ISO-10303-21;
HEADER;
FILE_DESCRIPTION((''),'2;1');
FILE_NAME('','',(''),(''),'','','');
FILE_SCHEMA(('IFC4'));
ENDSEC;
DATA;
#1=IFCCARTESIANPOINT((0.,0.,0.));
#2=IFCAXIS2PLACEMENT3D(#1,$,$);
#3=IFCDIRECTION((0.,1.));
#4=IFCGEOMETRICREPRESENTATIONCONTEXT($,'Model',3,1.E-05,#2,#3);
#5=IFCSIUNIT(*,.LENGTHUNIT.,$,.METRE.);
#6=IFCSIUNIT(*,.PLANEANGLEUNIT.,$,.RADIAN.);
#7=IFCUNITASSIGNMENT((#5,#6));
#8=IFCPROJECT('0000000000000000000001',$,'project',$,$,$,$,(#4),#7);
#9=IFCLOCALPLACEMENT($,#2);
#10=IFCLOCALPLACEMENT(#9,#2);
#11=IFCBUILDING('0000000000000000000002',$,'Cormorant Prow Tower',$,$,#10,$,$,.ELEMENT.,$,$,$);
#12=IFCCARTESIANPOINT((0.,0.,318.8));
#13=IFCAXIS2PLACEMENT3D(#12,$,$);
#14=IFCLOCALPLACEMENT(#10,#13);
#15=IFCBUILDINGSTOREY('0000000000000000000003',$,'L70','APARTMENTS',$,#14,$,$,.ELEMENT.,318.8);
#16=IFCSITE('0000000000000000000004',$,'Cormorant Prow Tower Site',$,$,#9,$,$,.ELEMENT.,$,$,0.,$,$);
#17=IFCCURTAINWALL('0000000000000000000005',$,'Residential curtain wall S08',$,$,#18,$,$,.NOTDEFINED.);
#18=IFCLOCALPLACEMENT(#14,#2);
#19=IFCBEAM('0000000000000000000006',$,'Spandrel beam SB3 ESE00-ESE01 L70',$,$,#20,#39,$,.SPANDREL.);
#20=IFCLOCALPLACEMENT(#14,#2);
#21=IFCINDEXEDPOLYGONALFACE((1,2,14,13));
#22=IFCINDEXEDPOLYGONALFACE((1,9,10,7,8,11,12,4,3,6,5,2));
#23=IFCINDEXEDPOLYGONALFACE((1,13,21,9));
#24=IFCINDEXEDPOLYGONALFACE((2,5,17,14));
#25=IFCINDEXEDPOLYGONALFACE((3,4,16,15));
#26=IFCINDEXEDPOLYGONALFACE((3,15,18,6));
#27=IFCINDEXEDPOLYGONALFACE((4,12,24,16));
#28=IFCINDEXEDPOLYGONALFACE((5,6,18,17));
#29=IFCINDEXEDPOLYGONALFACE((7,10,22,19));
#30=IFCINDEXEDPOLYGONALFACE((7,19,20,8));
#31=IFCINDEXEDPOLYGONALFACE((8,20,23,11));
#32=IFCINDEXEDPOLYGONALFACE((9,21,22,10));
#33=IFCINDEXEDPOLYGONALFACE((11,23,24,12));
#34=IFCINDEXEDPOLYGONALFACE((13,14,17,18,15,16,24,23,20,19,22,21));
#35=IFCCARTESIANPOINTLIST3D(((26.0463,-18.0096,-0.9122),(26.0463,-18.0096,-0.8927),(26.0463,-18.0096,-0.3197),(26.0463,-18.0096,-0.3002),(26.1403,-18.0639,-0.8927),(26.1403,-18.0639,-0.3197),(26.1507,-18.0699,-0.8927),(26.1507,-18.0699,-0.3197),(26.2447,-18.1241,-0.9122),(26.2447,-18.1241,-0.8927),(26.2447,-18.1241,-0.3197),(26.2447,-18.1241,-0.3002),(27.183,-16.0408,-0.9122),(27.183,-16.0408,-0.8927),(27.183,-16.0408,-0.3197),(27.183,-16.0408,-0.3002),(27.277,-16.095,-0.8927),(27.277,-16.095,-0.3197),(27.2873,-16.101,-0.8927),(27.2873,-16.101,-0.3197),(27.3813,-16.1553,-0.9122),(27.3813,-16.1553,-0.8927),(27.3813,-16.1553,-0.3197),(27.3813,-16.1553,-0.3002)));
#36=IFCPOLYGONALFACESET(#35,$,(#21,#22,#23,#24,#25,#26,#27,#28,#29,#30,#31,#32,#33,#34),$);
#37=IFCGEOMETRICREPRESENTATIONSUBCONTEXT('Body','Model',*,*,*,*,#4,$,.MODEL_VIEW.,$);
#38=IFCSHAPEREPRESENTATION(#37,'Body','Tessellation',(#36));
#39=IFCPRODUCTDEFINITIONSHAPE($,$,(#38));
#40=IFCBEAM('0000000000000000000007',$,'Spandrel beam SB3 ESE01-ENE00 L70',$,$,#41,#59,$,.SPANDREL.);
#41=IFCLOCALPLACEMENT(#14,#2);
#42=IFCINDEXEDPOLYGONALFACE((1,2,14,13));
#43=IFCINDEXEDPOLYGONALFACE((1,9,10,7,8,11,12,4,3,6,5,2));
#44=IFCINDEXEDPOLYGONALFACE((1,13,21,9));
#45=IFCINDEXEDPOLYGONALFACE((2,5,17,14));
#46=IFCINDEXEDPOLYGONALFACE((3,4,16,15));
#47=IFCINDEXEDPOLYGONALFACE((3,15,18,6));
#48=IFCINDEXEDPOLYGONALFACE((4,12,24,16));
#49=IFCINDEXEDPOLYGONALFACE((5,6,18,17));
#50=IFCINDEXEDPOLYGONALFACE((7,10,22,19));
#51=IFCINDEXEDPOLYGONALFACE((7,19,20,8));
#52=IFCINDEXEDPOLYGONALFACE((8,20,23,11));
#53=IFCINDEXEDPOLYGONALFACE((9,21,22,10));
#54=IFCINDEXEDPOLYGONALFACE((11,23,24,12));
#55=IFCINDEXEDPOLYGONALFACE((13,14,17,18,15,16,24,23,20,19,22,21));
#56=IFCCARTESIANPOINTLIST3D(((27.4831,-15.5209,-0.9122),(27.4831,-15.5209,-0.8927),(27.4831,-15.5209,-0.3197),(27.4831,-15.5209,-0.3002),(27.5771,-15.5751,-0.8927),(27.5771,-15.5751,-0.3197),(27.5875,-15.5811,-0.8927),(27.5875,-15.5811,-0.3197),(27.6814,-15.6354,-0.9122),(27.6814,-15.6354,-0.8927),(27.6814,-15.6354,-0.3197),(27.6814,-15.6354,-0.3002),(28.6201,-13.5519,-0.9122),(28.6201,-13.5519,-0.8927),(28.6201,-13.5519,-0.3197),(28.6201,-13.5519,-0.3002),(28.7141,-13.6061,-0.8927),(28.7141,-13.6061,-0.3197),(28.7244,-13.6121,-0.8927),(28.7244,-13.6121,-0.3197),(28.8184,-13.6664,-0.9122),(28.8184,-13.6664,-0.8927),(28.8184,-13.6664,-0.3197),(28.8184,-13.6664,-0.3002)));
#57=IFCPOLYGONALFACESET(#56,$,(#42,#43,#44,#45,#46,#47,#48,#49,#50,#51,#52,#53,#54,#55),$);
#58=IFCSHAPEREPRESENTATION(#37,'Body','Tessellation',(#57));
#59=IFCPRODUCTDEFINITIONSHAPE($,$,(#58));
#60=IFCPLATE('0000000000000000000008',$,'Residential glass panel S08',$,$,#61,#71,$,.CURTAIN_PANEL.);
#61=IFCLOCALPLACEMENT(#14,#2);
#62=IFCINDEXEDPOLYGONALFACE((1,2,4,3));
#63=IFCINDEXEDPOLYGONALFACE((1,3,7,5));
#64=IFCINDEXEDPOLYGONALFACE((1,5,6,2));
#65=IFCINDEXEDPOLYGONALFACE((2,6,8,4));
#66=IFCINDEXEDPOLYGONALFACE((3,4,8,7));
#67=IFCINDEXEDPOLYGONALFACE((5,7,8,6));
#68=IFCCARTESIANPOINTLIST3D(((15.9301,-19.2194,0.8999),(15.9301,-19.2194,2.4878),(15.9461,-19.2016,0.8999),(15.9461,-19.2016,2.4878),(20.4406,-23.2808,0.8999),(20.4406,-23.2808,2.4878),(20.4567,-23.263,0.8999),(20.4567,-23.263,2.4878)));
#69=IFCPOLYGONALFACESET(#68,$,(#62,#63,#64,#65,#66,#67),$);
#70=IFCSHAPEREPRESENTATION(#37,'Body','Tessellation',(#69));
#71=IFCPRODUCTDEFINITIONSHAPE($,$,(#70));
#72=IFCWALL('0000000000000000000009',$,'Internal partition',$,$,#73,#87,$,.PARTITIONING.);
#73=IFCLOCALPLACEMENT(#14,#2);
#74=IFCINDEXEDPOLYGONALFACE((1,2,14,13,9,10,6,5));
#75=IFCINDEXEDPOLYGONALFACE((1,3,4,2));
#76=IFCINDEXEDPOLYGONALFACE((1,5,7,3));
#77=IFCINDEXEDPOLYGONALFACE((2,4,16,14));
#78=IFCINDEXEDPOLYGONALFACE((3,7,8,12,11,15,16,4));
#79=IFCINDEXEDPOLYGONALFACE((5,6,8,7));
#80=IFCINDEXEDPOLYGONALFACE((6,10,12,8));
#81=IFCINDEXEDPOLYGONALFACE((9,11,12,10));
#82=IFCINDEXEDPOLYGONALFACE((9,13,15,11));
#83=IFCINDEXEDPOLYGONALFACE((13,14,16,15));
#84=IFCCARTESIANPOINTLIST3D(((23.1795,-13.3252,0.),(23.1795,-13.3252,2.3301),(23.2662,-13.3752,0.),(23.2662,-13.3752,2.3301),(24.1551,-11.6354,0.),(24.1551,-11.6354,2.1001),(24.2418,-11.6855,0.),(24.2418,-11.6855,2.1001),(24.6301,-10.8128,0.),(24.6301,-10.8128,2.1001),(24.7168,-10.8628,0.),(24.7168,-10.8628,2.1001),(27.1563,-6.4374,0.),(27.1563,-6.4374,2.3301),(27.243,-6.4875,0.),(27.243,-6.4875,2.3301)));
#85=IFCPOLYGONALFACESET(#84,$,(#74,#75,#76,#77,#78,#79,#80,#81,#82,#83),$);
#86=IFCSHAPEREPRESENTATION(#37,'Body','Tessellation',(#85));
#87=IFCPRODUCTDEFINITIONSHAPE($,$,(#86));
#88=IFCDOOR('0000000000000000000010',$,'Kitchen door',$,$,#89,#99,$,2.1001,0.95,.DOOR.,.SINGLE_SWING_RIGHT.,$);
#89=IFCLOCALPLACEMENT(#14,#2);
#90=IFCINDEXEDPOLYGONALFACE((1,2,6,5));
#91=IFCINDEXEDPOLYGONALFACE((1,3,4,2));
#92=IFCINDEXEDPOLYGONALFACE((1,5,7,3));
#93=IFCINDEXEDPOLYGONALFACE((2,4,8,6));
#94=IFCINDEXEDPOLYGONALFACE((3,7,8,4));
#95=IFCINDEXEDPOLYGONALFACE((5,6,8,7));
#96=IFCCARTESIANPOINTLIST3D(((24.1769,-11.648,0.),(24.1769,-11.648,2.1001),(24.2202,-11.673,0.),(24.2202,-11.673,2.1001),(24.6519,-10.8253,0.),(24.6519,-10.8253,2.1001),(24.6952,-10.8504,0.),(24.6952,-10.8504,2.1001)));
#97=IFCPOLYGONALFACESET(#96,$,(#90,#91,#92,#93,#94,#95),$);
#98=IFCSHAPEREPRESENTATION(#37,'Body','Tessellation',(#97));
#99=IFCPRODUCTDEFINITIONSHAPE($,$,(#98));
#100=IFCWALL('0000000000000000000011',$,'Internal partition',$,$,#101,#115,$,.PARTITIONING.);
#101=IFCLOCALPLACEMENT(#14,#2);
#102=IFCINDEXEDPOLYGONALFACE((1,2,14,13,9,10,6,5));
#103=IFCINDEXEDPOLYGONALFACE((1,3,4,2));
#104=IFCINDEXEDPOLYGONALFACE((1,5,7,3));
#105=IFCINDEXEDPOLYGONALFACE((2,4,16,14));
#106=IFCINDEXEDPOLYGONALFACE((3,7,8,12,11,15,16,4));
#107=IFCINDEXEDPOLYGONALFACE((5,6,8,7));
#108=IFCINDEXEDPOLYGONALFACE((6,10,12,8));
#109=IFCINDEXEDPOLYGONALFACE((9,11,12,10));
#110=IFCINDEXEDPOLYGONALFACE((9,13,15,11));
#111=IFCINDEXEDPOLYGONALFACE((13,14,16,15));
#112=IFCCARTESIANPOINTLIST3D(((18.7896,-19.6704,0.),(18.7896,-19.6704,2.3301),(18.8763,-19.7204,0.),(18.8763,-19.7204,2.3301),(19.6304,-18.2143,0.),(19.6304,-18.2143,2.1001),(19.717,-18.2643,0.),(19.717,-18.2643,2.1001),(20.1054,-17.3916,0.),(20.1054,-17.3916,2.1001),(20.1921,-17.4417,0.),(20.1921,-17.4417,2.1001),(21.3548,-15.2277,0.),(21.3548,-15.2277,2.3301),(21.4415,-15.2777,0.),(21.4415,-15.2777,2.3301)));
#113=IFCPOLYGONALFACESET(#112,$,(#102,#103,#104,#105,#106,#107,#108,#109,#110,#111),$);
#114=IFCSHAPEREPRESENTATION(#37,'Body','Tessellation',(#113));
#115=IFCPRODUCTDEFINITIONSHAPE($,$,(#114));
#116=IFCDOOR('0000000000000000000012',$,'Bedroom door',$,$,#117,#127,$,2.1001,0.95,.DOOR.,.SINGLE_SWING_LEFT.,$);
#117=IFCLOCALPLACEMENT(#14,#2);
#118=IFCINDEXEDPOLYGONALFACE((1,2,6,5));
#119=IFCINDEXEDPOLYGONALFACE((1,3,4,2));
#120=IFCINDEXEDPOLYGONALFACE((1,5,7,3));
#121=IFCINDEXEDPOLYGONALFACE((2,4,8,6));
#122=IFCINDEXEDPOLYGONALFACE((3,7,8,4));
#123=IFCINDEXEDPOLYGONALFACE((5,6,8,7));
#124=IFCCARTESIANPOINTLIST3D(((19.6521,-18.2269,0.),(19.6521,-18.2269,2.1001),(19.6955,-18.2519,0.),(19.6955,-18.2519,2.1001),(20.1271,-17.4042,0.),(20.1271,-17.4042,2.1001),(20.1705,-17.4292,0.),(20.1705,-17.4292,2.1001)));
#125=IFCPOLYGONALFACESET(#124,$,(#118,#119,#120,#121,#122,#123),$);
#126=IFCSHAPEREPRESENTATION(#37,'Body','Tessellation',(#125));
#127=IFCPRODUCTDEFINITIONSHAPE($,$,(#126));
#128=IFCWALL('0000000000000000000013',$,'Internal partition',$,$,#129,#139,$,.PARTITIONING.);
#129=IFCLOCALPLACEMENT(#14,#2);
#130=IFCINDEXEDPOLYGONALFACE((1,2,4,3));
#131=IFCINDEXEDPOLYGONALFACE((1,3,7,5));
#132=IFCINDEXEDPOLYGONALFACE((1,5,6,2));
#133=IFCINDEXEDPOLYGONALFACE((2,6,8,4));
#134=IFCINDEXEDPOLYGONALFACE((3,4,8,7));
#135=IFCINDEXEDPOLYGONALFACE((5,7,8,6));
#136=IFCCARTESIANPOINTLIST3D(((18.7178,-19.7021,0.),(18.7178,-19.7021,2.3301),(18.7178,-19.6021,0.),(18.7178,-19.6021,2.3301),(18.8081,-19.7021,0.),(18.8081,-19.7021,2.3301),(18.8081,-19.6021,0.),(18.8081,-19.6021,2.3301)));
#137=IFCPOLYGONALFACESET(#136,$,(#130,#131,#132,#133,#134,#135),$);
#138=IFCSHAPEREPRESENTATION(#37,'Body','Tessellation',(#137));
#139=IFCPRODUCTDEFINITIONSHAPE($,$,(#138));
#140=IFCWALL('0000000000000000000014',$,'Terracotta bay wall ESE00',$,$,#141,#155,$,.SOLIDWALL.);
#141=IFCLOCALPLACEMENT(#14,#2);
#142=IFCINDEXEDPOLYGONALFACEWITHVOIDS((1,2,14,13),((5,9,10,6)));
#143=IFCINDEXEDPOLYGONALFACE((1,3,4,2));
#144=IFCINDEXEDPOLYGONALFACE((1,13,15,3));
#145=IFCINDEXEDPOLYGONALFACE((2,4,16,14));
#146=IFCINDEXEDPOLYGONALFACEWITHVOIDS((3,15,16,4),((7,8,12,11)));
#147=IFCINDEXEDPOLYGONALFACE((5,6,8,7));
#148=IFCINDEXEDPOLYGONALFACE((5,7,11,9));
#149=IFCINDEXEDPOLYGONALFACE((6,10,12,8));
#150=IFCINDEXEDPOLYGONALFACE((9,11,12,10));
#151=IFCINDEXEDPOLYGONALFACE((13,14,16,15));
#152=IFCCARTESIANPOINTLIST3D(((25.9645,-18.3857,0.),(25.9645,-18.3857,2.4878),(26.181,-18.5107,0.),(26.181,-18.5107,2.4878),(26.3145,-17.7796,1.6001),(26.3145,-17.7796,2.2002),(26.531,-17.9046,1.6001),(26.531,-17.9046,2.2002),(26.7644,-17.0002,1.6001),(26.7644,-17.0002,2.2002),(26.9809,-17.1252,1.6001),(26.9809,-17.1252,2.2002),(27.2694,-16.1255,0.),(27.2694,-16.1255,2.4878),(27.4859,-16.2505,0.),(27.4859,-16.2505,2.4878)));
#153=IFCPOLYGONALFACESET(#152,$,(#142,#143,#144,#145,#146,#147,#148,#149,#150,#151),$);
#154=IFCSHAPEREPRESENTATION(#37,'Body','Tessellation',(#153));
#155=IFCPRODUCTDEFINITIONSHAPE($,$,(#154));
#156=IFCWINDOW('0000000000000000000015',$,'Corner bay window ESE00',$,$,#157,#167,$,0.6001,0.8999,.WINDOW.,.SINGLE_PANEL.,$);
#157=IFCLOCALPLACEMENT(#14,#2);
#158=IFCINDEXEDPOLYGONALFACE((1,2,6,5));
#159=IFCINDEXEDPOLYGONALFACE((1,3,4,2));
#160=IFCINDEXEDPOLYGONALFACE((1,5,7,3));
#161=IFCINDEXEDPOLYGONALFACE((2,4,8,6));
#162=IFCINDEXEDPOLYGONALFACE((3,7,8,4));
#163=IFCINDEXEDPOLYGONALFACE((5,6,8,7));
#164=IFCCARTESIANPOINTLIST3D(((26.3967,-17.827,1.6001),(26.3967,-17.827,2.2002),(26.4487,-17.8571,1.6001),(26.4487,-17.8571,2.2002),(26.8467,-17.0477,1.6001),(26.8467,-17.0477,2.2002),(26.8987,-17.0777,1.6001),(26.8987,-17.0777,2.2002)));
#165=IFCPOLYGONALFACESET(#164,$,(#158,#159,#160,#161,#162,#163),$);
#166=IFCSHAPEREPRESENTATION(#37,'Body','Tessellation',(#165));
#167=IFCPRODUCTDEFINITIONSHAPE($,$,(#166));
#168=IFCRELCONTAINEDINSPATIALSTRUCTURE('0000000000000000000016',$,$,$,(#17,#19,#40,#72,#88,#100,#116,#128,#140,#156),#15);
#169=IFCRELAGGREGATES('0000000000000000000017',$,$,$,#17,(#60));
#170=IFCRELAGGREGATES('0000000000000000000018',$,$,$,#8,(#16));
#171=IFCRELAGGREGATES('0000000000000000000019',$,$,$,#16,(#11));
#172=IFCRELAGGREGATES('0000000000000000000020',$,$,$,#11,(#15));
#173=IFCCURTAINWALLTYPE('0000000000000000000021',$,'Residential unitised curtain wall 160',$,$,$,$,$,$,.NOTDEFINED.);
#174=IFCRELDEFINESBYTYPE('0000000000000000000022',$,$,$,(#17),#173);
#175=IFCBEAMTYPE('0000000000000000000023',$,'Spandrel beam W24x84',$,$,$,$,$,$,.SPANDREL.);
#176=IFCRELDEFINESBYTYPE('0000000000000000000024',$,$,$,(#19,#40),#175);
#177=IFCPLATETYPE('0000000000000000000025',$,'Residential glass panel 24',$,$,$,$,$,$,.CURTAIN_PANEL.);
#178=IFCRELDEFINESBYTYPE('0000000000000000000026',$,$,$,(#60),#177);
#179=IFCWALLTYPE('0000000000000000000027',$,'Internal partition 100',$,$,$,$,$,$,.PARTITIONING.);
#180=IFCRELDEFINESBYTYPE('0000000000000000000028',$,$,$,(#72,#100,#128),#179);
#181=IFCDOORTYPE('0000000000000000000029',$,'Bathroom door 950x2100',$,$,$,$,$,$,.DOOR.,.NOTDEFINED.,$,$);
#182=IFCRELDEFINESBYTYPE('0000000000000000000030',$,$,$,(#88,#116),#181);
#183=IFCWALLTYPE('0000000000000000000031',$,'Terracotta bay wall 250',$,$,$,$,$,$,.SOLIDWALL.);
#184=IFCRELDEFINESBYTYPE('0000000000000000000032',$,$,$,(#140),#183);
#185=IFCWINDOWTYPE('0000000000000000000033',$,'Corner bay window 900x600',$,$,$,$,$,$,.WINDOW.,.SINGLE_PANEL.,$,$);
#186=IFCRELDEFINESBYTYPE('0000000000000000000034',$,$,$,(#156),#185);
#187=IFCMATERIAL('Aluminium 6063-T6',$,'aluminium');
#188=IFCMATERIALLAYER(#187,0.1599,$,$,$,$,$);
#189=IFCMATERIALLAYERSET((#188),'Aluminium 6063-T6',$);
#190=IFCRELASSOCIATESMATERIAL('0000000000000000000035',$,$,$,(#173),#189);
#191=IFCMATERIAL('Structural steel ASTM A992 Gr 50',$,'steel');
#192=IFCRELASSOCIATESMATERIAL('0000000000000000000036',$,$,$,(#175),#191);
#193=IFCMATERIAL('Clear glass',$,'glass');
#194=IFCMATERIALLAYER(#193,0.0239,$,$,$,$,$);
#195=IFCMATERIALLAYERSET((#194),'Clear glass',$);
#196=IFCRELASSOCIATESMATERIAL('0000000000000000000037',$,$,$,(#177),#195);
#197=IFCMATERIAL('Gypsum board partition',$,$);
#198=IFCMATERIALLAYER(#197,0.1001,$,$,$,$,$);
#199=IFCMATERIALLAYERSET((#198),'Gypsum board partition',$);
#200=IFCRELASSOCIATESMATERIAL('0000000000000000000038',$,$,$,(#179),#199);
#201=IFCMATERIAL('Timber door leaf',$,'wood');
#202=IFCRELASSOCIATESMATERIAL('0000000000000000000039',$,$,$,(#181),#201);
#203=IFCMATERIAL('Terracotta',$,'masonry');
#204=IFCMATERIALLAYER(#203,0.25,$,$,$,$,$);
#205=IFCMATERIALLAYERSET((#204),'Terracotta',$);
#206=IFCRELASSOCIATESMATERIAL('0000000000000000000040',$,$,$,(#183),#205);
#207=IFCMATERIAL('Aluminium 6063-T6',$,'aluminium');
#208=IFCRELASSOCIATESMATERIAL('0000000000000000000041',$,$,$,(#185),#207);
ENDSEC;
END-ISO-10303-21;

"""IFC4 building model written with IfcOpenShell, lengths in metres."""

from ifc_helpers import new_model, si_unit, direction, frame, frame_2d, origin, origin_2d, place, context, subcontext, project, spatial, rectangle, i_section, extrude, material, layer, layer_set, material_profile, profile_set, type_object, element, fill, aggregate, save


model = new_model("IFC4")

# Units and contexts
model_context = context("Model", 3, precision=1e-05, world=origin(), true_north=direction((0.0, 1.0)))
body_context = subcontext(model_context, "Body", "Model", "MODEL_VIEW")
ifc_project = project(units=[si_unit("LENGTHUNIT", "METRE"), si_unit("PLANEANGLEUNIT", "RADIAN")], contexts=[model_context])

# Site, building, storey
site_placement = place(None, origin())
site = spatial("IfcSite", under=ifc_project, at=site_placement, Name="Cormorant Prow Tower Site", CompositionType="ELEMENT", RefElevation=0.0)
building_placement = place(site_placement, origin())
building = spatial("IfcBuilding", under=site, at=building_placement, Name="Cormorant Prow Tower", CompositionType="ELEMENT")
storey_placement = place(building_placement, frame((0.0, 0.0, 318.8)))
storey = spatial("IfcBuildingStorey", under=building, at=storey_placement, Name="L70", Description="APARTMENTS", CompositionType="ELEMENT", Elevation=318.8)

# Curtain wall
ifc_material_1 = material(Name="Aluminium 6063-T6", Category="aluminium")
ifc_layer_1 = layer(ifc_material_1, 0.1599)
ifc_layer_set_1 = layer_set([ifc_layer_1], Name="Aluminium 6063-T6")
curtain_wall_type = type_object("IfcCurtainWallType", Name="Residential unitised curtain wall 160", PredefinedType="NOTDEFINED", material=ifc_layer_set_1)
curtain_wall_placement = place(storey_placement, origin())
curtain_wall = element("IfcCurtainWall", 1, at=curtain_wall_placement, inside=storey, type_object=curtain_wall_type, Name="Residential curtain wall S08", PredefinedType="NOTDEFINED")

# Beams
ifc_material_2 = material(Name="Structural steel ASTM A992 Gr 50", Category="steel")
ifc_material_profile_1 = material_profile(ifc_material_2, i_section(OverallWidth=0.229, OverallDepth=0.6121, WebThickness=0.012, FlangeThickness=0.0195, at=origin_2d()), Name="W24x84")
ifc_profile_set_1 = profile_set([ifc_material_profile_1], Name="Structural steel ASTM A992 Gr 50")
beam_type = type_object("IfcBeamType", Name="Spandrel beam W24x84", PredefinedType="SPANDREL", material=ifc_profile_set_1)
beam_1_placement = place(storey_placement, frame((26.1455, -18.0669, -0.6062), z_axis=(0.499973, 0.866041, 0.0), x_axis=(-0.866041, 0.499973, 0.0)))
element("IfcBeam", 2, at=beam_1_placement, inside=storey, type_object=beam_type, Name="Spandrel beam SB3 ESE00-ESE01 L70", PredefinedType="SPANDREL", context=body_context, shape_type="SweptSolid", body=[
    extrude(i_section(OverallWidth=0.229, OverallDepth=0.6121, WebThickness=0.012, FlangeThickness=0.0195, at=origin_2d()), origin(), (0.0, 0.0, 1.0), 2.2734),
])
beam_2_placement = place(storey_placement, frame((27.5823, -15.5781, -0.6062), z_axis=(0.500054, 0.865994, 0.0), x_axis=(-0.865994, 0.500054, 0.0)))
element("IfcBeam", 3, at=beam_2_placement, inside=storey, type_object=beam_type, Name="Spandrel beam SB3 ESE01-ENE00 L70", PredefinedType="SPANDREL", context=body_context, shape_type="SweptSolid", body=[
    extrude(i_section(OverallWidth=0.229, OverallDepth=0.6121, WebThickness=0.012, FlangeThickness=0.0195, at=origin_2d()), origin(), (0.0, 0.0, 1.0), 2.2737),
])

# Plate
ifc_material_3 = material(Name="Clear glass", Category="glass")
ifc_layer_2 = layer(ifc_material_3, 0.0239)
ifc_layer_set_2 = layer_set([ifc_layer_2], Name="Clear glass")
plate_type = type_object("IfcPlateType", Name="Residential glass panel 24", PredefinedType="CURTAIN_PANEL", material=ifc_layer_set_2)
plate_placement = place(storey_placement, frame((18.1934, -21.2412, 0.8999), z_axis=(0.0, 0.0, 1.0), x_axis=(0.743145, -0.669131, 0.0)))
plate = element("IfcPlate", 4, at=plate_placement, type_object=plate_type, Name="Residential glass panel S08", PredefinedType="CURTAIN_PANEL", context=body_context, shape_type="SweptSolid", body=[
    extrude(rectangle(XDim=6.0696, YDim=0.0239, at=origin_2d()), origin(), (0.0, 0.0, 1.0), 1.5879),
])
aggregate(curtain_wall, [plate])

# Walls, openings, doors
ifc_material_4 = material(Name="Gypsum board partition")
ifc_layer_3 = layer(ifc_material_4, 0.1001)
ifc_layer_set_3 = layer_set([ifc_layer_3], Name="Gypsum board partition")
wall_type_1 = type_object("IfcWallType", Name="Internal partition 100", PredefinedType="PARTITIONING", material=ifc_layer_set_3)
wall_1_placement = place(storey_placement, frame((23.2229, -13.3501, 0.0), z_axis=(0.0, 0.0, 1.0), x_axis=(0.500018, 0.866015, 0.0)))
wall_1 = element("IfcWall", 5, at=wall_1_placement, inside=storey, type_object=wall_type_1, Name="Internal partition", PredefinedType="PARTITIONING", context=body_context, shape_type="SweptSolid", body=[
    extrude(rectangle(XDim=7.9534, YDim=0.1001, at=frame_2d((3.9766, 0.0))), origin(), (0.0, 0.0, 1.0), 2.3301),
])
opening_1_placement = place(wall_1_placement, frame((1.9509, 0.0, 0.0)))
opening_1 = element("IfcOpeningElement", 6, at=opening_1_placement, cuts=wall_1, PredefinedType="OPENING", context=body_context, shape_type="SweptSolid", body=[
    extrude(rectangle(XDim=0.95, YDim=2.1001, at=frame_2d((0.4751, 1.05))), frame((0.0, 0.0601, 0.0), z_axis=(0.0, -1.0, 0.0), x_axis=(1.0, 0.0, 0.0)), (0.0, 0.0, 1.0), 0.1201),
])
ifc_material_5 = material(Name="Timber door leaf", Category="wood")
door_type_1 = type_object("IfcDoorType", Name="Bathroom door 950x2100", OperationType="NOTDEFINED", PredefinedType="DOOR", material=ifc_material_5)
door_1_placement = place(opening_1_placement, origin())
door_1 = element("IfcDoor", 7, at=door_1_placement, inside=storey, type_object=door_type_1, Name="Kitchen door", OperationType="SINGLE_SWING_RIGHT", OverallHeight=2.1001, OverallWidth=0.95, PredefinedType="DOOR", context=body_context, shape_type="SweptSolid", body=[
    extrude(rectangle(XDim=0.95, YDim=2.1001, at=frame_2d((0.4751, 1.05))), frame((0.0, 0.0249, 0.0), z_axis=(0.0, -1.0, 0.0), x_axis=(1.0, 0.0, 0.0)), (0.0, 0.0, 1.0), 0.05),
])
fill(opening_1, door_1)
wall_2_placement = place(storey_placement, frame((18.833, -19.6953, 0.0), z_axis=(0.0, 0.0, 1.0), x_axis=(0.500034, 0.866006, 0.0)))
wall_2 = element("IfcWall", 8, at=wall_2_placement, inside=storey, type_object=wall_type_1, Name="Internal partition", PredefinedType="PARTITIONING", context=body_context, shape_type="SweptSolid", body=[
    extrude(rectangle(XDim=5.1301, YDim=0.1001, at=frame_2d((2.5649, 0.0))), origin(), (0.0, 0.0, 1.0), 2.3301),
])
opening_2_placement = place(wall_2_placement, frame((1.6812, 0.0, 0.0)))
opening_2 = element("IfcOpeningElement", 9, at=opening_2_placement, cuts=wall_2, PredefinedType="OPENING", context=body_context, shape_type="SweptSolid", body=[
    extrude(rectangle(XDim=0.95, YDim=2.1001, at=frame_2d((0.4751, 1.05))), frame((0.0, 0.0601, 0.0), z_axis=(0.0, -1.0, 0.0), x_axis=(1.0, 0.0, 0.0)), (0.0, 0.0, 1.0), 0.1201),
])
door_2_placement = place(opening_2_placement, origin())
door_2 = element("IfcDoor", 10, at=door_2_placement, inside=storey, type_object=door_type_1, Name="Bedroom door", OperationType="SINGLE_SWING_LEFT", OverallHeight=2.1001, OverallWidth=0.95, PredefinedType="DOOR", context=body_context, shape_type="SweptSolid", body=[
    extrude(rectangle(XDim=0.95, YDim=2.1001, at=frame_2d((0.4751, 1.05))), frame((0.0, 0.0249, 0.0), z_axis=(0.0, -1.0, 0.0), x_axis=(1.0, 0.0, 0.0)), (0.0, 0.0, 1.0), 0.05),
])
fill(opening_2, door_2)

# Wall
wall_3_placement = place(storey_placement, frame((18.7178, -19.6521, 0.0), z_axis=(0.0, 0.0, 1.0), x_axis=(1.0, 0.0, 0.0)))
element("IfcWall", 11, at=wall_3_placement, inside=storey, type_object=wall_type_1, Name="Internal partition", PredefinedType="PARTITIONING", context=body_context, shape_type="SweptSolid", body=[
    extrude(rectangle(XDim=0.0903, YDim=0.1001, at=frame_2d((0.0452, 0.0))), origin(), (0.0, 0.0, 1.0), 2.3301),
])

# Wall, opening, window
ifc_material_6 = material(Name="Terracotta", Category="masonry")
ifc_layer_4 = layer(ifc_material_6, 0.25)
ifc_layer_set_4 = layer_set([ifc_layer_4], Name="Terracotta")
wall_type_2 = type_object("IfcWallType", Name="Terracotta bay wall 250", PredefinedType="SOLIDWALL", material=ifc_layer_set_4)
wall_4_placement = place(storey_placement, frame((26.0728, -18.4482, 0.0), z_axis=(0.0, 0.0, 1.0), x_axis=(0.499992, 0.86603, 0.0)))
wall_4 = element("IfcWall", 12, at=wall_4_placement, inside=storey, type_object=wall_type_2, Name="Terracotta bay wall ESE00", PredefinedType="SOLIDWALL", context=body_context, shape_type="SweptSolid", body=[
    extrude(rectangle(XDim=2.6099, YDim=0.25, at=frame_2d((1.3049, 0.0))), origin(), (0.0, 0.0, 1.0), 2.4878),
])
opening_3_placement = place(wall_4_placement, frame((0.7, 0.0, 1.6001)))
opening_3 = element("IfcOpeningElement", 13, at=opening_3_placement, cuts=wall_4, PredefinedType="OPENING", context=body_context, shape_type="SweptSolid", body=[
    extrude(rectangle(XDim=0.8999, YDim=0.6001, at=frame_2d((0.45, 0.3))), frame((0.0, 0.135, 0.0), z_axis=(0.0, -1.0, 0.0), x_axis=(1.0, 0.0, 0.0)), (0.0, 0.0, 1.0), 0.27),
])
ifc_material_7 = material(Name="Aluminium 6063-T6", Category="aluminium")
window_type = type_object("IfcWindowType", Name="Corner bay window 900x600", PartitioningType="SINGLE_PANEL", PredefinedType="WINDOW", material=ifc_material_7)
window_placement = place(opening_3_placement, origin())
window = element("IfcWindow", 14, at=window_placement, inside=storey, type_object=window_type, Name="Corner bay window ESE00", OverallHeight=0.6001, OverallWidth=0.8999, PartitioningType="SINGLE_PANEL", PredefinedType="WINDOW", context=body_context, shape_type="SweptSolid", body=[
    extrude(rectangle(XDim=0.8999, YDim=0.6001, at=frame_2d((0.45, 0.3))), frame((0.0, 0.03, 0.0), z_axis=(0.0, -1.0, 0.0), x_axis=(1.0, 0.0, 0.0)), (0.0, 0.0, 1.0), 0.0601),
])
fill(opening_3, window)

save(model, "model.ifc")
